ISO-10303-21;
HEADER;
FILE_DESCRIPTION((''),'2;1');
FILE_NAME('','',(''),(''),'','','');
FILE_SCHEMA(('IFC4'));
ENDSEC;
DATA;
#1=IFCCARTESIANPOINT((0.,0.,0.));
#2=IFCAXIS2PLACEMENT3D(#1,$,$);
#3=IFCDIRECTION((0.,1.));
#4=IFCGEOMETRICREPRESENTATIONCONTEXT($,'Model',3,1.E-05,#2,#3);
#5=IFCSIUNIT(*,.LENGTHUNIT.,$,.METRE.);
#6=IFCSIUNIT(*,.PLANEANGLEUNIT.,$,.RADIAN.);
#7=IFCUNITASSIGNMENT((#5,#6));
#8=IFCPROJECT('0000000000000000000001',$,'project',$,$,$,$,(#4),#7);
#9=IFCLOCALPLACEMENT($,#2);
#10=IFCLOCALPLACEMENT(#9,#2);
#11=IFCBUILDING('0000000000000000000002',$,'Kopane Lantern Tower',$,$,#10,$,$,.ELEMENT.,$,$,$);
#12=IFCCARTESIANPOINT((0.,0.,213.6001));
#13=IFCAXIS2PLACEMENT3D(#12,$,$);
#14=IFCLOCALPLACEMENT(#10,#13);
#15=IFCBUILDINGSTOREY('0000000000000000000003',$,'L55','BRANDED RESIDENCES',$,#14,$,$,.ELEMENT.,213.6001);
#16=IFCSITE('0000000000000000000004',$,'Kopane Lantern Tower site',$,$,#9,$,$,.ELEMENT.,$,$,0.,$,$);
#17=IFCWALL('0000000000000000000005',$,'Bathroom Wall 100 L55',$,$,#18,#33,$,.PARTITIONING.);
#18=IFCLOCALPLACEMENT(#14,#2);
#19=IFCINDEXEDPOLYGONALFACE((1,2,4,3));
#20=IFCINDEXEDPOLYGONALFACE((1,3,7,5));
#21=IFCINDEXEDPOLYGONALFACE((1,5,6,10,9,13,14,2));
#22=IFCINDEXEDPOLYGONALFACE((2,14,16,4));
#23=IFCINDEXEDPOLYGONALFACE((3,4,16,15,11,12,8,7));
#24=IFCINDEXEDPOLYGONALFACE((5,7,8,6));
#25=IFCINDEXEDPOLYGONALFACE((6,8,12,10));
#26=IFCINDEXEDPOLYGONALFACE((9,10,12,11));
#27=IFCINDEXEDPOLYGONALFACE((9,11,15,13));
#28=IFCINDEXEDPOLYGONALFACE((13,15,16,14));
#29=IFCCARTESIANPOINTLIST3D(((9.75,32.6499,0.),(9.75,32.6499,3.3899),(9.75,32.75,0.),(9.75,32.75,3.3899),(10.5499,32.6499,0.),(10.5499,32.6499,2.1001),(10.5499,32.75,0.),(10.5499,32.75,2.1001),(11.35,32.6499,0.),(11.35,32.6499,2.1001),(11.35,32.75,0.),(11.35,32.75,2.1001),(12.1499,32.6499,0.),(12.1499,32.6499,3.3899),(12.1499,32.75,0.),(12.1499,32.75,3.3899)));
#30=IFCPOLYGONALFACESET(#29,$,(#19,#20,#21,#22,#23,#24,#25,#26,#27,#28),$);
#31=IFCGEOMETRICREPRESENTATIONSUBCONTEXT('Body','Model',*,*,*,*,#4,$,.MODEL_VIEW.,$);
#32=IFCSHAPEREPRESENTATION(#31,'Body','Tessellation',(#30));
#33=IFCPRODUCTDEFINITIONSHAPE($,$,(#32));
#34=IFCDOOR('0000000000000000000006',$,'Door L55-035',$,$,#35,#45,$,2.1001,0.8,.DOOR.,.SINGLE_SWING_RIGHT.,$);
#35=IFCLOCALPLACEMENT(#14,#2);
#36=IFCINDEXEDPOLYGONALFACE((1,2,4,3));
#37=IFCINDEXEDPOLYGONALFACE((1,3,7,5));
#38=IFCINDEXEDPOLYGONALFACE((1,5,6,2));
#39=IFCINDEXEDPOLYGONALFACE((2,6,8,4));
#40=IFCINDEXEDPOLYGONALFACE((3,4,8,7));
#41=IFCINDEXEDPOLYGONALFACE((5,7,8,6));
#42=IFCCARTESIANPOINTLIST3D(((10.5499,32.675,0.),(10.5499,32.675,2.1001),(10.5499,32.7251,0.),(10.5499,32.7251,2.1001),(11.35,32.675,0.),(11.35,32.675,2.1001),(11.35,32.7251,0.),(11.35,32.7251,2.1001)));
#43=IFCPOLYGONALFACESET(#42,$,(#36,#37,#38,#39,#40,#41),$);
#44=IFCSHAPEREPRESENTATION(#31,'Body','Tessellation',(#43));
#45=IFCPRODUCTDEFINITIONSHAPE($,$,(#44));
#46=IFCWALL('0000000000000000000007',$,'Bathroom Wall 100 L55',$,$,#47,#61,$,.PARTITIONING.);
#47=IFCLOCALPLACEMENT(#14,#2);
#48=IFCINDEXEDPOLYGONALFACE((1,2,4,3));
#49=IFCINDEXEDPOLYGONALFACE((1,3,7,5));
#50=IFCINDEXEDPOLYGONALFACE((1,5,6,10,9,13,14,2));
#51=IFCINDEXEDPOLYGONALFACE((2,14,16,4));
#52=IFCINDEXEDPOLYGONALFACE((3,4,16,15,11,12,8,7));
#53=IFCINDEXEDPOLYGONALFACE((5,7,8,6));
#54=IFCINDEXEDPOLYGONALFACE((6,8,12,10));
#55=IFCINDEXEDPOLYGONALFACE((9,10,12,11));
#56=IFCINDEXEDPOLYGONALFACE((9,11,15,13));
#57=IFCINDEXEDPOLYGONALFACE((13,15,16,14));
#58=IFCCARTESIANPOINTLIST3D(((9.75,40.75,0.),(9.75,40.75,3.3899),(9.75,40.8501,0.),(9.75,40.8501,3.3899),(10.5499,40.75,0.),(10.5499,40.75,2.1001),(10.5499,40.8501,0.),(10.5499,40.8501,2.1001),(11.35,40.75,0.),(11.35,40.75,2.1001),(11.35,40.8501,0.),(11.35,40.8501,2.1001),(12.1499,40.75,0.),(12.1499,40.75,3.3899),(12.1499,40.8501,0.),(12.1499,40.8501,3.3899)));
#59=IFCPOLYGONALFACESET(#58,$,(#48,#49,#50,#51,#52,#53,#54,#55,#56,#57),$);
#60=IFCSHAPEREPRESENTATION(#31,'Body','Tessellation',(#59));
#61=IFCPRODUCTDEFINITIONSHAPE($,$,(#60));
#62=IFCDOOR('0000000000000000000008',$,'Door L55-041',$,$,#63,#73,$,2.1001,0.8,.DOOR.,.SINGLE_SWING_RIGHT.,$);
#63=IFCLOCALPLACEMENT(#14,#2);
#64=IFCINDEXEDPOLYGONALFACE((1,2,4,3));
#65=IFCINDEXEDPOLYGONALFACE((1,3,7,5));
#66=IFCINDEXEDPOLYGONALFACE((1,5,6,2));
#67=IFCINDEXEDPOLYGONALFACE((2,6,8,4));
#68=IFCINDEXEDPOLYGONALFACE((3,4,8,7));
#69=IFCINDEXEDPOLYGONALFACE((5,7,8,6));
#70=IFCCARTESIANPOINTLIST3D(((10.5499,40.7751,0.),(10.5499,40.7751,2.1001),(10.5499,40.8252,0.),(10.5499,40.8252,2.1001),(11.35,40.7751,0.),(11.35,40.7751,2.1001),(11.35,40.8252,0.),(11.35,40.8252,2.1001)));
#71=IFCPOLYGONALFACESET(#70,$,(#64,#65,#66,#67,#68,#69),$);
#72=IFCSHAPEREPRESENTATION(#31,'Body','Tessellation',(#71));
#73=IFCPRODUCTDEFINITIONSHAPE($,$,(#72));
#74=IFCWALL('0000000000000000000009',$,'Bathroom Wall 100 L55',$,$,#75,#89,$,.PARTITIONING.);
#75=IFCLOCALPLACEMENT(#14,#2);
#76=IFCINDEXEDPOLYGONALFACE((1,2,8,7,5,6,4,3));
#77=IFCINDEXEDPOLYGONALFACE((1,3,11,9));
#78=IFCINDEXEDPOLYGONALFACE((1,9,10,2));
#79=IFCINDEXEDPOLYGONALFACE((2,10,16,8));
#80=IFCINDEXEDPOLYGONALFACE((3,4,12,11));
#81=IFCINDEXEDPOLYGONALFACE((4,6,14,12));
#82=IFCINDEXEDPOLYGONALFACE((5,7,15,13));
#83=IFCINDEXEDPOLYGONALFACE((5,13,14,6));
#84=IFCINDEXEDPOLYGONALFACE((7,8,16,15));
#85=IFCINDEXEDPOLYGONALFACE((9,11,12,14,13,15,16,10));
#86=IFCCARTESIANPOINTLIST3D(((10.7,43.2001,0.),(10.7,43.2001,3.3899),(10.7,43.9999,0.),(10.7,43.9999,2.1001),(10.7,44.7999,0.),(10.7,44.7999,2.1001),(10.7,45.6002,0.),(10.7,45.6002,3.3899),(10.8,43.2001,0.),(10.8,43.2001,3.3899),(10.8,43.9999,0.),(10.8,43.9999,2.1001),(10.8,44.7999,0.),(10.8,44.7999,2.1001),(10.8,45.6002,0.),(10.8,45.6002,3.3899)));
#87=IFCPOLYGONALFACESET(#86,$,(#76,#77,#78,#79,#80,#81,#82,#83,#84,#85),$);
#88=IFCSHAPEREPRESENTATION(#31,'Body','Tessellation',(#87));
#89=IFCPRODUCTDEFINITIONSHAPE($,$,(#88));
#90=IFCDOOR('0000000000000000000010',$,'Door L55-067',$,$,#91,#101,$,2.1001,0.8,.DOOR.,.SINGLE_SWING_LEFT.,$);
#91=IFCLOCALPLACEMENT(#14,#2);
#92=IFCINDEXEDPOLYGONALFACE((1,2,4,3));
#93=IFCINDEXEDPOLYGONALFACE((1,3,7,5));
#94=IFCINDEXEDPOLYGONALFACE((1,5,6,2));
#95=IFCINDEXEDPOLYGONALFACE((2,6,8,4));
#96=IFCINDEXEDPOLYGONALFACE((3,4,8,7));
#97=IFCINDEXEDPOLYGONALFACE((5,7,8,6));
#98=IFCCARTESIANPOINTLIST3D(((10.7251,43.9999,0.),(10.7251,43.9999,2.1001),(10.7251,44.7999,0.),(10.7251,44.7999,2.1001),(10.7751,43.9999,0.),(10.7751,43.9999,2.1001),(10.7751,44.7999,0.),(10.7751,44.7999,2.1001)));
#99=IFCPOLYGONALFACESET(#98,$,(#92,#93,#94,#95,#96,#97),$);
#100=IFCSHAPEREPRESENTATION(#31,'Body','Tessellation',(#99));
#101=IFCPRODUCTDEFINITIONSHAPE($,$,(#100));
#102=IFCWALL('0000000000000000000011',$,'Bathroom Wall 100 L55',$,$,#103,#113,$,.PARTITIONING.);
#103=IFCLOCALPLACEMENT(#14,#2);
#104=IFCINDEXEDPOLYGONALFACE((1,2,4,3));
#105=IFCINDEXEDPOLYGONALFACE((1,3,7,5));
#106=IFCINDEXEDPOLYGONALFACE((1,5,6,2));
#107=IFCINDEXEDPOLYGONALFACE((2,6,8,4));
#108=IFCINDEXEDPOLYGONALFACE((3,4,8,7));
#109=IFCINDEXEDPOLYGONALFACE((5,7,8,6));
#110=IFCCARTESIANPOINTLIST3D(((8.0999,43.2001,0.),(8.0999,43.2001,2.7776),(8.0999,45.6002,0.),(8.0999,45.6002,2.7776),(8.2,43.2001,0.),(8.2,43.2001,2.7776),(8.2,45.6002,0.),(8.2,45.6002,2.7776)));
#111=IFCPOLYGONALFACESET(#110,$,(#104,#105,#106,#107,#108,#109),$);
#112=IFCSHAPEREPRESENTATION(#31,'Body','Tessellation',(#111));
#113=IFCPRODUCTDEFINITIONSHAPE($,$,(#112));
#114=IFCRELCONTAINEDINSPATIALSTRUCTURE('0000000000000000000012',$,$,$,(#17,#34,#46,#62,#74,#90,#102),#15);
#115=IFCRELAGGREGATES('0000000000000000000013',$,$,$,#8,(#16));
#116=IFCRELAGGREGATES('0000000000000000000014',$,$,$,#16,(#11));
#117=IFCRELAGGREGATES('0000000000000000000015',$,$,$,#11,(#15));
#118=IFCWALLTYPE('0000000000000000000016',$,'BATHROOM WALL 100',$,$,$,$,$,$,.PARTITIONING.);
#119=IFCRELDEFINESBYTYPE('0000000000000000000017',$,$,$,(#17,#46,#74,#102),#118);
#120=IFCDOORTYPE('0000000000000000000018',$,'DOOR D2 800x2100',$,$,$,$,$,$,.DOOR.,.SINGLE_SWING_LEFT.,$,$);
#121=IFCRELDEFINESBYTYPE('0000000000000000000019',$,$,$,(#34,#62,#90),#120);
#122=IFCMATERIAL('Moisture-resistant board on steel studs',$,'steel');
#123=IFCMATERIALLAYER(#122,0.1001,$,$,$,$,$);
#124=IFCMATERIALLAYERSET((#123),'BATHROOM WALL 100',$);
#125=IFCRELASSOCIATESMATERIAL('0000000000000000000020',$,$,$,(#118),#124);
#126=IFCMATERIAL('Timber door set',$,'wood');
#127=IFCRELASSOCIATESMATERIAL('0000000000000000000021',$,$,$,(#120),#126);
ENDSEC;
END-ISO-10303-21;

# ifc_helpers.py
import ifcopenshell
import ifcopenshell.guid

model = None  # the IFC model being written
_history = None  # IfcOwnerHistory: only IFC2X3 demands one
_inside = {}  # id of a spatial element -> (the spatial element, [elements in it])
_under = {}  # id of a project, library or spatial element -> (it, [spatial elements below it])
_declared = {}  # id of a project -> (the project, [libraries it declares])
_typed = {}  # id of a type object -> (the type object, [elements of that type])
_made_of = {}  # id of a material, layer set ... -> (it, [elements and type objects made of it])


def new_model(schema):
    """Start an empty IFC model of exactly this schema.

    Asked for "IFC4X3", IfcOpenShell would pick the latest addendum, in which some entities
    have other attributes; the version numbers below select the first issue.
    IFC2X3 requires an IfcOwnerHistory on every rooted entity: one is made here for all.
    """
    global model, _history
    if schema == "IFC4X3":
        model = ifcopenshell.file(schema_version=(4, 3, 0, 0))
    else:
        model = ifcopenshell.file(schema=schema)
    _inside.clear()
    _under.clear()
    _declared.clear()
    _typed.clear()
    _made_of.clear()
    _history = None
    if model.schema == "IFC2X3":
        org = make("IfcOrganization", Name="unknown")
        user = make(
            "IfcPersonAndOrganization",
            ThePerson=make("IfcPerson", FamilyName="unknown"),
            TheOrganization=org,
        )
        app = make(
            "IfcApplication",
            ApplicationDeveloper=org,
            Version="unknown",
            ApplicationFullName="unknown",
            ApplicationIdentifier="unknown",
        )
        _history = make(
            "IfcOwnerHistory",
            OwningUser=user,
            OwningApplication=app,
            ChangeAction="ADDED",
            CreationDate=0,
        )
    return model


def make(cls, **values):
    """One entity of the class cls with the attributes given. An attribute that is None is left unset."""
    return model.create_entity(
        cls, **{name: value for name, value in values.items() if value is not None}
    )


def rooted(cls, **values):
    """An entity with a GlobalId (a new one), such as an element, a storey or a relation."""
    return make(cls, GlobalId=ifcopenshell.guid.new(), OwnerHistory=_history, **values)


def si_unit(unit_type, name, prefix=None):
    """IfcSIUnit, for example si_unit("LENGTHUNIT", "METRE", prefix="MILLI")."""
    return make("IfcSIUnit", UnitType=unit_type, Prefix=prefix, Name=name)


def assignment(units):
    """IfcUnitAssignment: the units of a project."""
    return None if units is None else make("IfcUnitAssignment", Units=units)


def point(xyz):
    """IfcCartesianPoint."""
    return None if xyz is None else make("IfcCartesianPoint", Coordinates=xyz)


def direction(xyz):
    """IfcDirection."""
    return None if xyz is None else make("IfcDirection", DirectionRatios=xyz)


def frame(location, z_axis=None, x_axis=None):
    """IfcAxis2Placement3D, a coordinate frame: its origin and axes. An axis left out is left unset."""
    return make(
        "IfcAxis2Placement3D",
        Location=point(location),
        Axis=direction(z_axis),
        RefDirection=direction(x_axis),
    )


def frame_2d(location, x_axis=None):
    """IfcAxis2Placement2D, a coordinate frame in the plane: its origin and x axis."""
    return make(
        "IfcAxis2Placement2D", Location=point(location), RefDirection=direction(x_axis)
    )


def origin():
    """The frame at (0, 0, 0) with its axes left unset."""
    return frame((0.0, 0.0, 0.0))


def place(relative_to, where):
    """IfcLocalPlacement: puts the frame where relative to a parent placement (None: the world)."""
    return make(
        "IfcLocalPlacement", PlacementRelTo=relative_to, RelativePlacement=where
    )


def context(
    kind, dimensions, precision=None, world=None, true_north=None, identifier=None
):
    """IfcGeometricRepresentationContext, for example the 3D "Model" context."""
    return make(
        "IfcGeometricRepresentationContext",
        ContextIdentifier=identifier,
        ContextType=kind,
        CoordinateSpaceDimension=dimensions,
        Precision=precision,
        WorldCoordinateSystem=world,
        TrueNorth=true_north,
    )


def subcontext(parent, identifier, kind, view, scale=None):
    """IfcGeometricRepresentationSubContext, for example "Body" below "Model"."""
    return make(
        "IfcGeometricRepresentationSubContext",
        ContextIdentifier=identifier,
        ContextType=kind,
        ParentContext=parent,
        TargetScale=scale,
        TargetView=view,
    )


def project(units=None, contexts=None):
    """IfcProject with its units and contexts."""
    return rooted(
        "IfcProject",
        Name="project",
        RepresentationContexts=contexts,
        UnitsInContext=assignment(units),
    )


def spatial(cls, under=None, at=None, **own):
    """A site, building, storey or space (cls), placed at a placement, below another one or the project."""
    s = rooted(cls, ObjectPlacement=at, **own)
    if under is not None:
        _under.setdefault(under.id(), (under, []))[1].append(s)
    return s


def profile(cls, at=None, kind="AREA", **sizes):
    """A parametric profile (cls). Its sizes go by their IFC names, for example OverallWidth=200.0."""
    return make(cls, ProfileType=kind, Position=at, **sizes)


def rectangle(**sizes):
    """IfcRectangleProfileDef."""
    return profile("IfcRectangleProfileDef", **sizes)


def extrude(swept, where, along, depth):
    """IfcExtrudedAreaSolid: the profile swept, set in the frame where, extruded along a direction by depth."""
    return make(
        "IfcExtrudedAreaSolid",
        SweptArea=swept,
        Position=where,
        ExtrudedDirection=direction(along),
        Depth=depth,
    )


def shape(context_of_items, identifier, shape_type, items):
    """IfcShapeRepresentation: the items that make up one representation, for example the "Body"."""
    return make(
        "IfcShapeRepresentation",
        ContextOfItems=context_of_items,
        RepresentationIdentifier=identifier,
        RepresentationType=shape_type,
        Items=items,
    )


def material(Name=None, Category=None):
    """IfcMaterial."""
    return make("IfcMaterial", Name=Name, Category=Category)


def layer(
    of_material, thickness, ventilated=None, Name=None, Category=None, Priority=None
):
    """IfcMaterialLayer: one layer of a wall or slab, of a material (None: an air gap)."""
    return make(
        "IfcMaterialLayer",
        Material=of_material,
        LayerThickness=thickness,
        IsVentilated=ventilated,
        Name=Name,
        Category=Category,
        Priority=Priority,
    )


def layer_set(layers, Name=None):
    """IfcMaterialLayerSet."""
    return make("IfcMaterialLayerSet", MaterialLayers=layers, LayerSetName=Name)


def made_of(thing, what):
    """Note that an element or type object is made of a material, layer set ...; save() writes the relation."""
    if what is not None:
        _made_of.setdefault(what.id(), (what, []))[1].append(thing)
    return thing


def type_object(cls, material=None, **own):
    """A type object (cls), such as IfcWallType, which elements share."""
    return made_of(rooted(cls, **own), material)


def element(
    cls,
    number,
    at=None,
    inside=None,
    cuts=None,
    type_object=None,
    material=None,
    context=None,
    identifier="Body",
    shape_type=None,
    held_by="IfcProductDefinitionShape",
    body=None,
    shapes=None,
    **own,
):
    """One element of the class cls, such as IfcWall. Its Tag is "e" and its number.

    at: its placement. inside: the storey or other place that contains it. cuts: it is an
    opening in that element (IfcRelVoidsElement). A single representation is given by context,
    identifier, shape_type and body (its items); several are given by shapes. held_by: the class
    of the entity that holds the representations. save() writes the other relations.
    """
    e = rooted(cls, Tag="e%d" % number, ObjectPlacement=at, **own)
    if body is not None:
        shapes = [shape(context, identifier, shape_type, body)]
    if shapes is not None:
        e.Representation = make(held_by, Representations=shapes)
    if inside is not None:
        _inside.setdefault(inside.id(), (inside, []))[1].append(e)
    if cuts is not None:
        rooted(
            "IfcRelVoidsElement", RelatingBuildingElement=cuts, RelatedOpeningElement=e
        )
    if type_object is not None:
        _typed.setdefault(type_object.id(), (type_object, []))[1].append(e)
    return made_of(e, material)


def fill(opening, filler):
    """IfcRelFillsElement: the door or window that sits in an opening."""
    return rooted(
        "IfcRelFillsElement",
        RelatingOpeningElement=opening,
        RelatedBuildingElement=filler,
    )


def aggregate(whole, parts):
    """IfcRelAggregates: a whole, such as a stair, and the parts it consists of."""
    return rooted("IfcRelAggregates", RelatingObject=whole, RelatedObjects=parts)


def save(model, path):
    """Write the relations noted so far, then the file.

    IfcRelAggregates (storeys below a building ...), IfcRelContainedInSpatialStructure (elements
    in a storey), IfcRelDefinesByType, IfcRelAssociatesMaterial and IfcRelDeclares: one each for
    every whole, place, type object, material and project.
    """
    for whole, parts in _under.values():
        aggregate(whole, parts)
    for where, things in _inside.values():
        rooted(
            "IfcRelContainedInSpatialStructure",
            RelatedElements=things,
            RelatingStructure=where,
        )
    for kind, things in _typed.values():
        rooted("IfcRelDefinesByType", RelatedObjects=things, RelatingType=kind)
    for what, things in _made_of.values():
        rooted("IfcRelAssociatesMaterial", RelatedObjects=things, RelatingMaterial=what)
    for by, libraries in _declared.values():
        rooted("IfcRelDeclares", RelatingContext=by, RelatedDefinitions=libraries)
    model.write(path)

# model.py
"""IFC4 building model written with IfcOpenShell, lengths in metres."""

from ifc_helpers import new_model, si_unit, direction, frame, frame_2d, origin, place, context, subcontext, project, spatial, rectangle, extrude, material, layer, layer_set, type_object, element, fill, save


model = new_model("IFC4")

# Units and contexts
model_context = context("Model", 3, precision=1e-05, world=origin(), true_north=direction((0.0, 1.0)))
body_context = subcontext(model_context, "Body", "Model", "MODEL_VIEW")
ifc_project = project(units=[si_unit("LENGTHUNIT", "METRE"), si_unit("PLANEANGLEUNIT", "RADIAN")], contexts=[model_context])

# Site, building, storey
site_placement = place(None, origin())
site = spatial("IfcSite", under=ifc_project, at=site_placement, Name="Kopane Lantern Tower site", CompositionType="ELEMENT", RefElevation=0.0)
building_placement = place(site_placement, origin())
building = spatial("IfcBuilding", under=site, at=building_placement, Name="Kopane Lantern Tower", CompositionType="ELEMENT")
storey_placement = place(building_placement, frame((0.0, 0.0, 213.6001)))
storey = spatial("IfcBuildingStorey", under=building, at=storey_placement, Name="L55", Description="BRANDED RESIDENCES", CompositionType="ELEMENT", Elevation=213.6001)

# Walls, openings, doors
ifc_material_1 = material(Name="Moisture-resistant board on steel studs", Category="steel")
ifc_layer_1 = layer(ifc_material_1, 0.1001)
ifc_layer_set_1 = layer_set([ifc_layer_1], Name="BATHROOM WALL 100")
wall_type_1 = type_object("IfcWallType", Name="BATHROOM WALL 100", PredefinedType="PARTITIONING", material=ifc_layer_set_1)
wall_1_placement = place(storey_placement, frame((12.1499, 32.7, 0.0), z_axis=(0.0, 0.0, 1.0), x_axis=(-1.0, 0.0, 0.0)))
wall_1 = element("IfcWall", 1, at=wall_1_placement, inside=storey, type_object=wall_type_1, Name="Bathroom Wall 100 L55", PredefinedType="PARTITIONING", context=body_context, shape_type="SweptSolid", body=[
    extrude(rectangle(XDim=2.3999, YDim=0.1001, at=frame_2d((1.2, 0.0))), origin(), (0.0, 0.0, 1.0), 3.3899),
])
opening_1_placement = place(wall_1_placement, frame((0.8, 0.0, 0.0)))
opening_1 = element("IfcOpeningElement", 2, at=opening_1_placement, cuts=wall_1, PredefinedType="OPENING", context=body_context, shape_type="SweptSolid", body=[
    extrude(rectangle(XDim=0.8, YDim=2.1001, at=frame_2d((0.3999, 1.05))), frame((0.0, 0.0601, 0.0), z_axis=(0.0, -1.0, 0.0), x_axis=(1.0, 0.0, 0.0)), (0.0, 0.0, 1.0), 0.1201),
])
ifc_material_2 = material(Name="Timber door set", Category="wood")
door_type_1 = type_object("IfcDoorType", Name="DOOR D2 800x2100", OperationType="SINGLE_SWING_LEFT", PredefinedType="DOOR", material=ifc_material_2)
door_1_placement = place(opening_1_placement, origin())
door_1 = element("IfcDoor", 3, at=door_1_placement, inside=storey, type_object=door_type_1, Name="Door L55-035", OperationType="SINGLE_SWING_RIGHT", OverallHeight=2.1001, OverallWidth=0.8, PredefinedType="DOOR", context=body_context, shape_type="SweptSolid", body=[
    extrude(rectangle(XDim=0.8, YDim=2.1001, at=frame_2d((0.3999, 1.05))), frame((0.0, 0.0249, 0.0), z_axis=(0.0, -1.0, 0.0), x_axis=(1.0, 0.0, 0.0)), (0.0, 0.0, 1.0), 0.05),
])
fill(opening_1, door_1)
wall_2_placement = place(storey_placement, frame((12.1499, 40.8, 0.0), z_axis=(0.0, 0.0, 1.0), x_axis=(-1.0, 0.0, 0.0)))
wall_2 = element("IfcWall", 4, at=wall_2_placement, inside=storey, type_object=wall_type_1, Name="Bathroom Wall 100 L55", PredefinedType="PARTITIONING", context=body_context, shape_type="SweptSolid", body=[
    extrude(rectangle(XDim=2.3999, YDim=0.1001, at=frame_2d((1.2, 0.0))), origin(), (0.0, 0.0, 1.0), 3.3899),
])
opening_2_placement = place(wall_2_placement, frame((0.8, 0.0, 0.0)))
opening_2 = element("IfcOpeningElement", 5, at=opening_2_placement, cuts=wall_2, PredefinedType="OPENING", context=body_context, shape_type="SweptSolid", body=[
    extrude(rectangle(XDim=0.8, YDim=2.1001, at=frame_2d((0.3999, 1.05))), frame((0.0, 0.0601, 0.0), z_axis=(0.0, -1.0, 0.0), x_axis=(1.0, 0.0, 0.0)), (0.0, 0.0, 1.0), 0.1201),
])
door_2_placement = place(opening_2_placement, origin())
door_2 = element("IfcDoor", 6, at=door_2_placement, inside=storey, type_object=door_type_1, Name="Door L55-041", OperationType="SINGLE_SWING_RIGHT", OverallHeight=2.1001, OverallWidth=0.8, PredefinedType="DOOR", context=body_context, shape_type="SweptSolid", body=[
    extrude(rectangle(XDim=0.8, YDim=2.1001, at=frame_2d((0.3999, 1.05))), frame((0.0, 0.0249, 0.0), z_axis=(0.0, -1.0, 0.0), x_axis=(1.0, 0.0, 0.0)), (0.0, 0.0, 1.0), 0.05),
])
fill(opening_2, door_2)
wall_3_placement = place(storey_placement, frame((10.75, 43.2, 0.0), z_axis=(0.0, 0.0, 1.0), x_axis=(0.0, 1.0, 0.0)))
wall_3 = element("IfcWall", 7, at=wall_3_placement, inside=storey, type_object=wall_type_1, Name="Bathroom Wall 100 L55", PredefinedType="PARTITIONING", context=body_context, shape_type="SweptSolid", body=[
    extrude(rectangle(XDim=2.4001, YDim=0.1001, at=frame_2d((1.2002, 0.0))), origin(), (0.0, 0.0, 1.0), 3.3899),
])
opening_3_placement = place(wall_3_placement, frame((0.8, 0.0, 0.0)))
opening_3 = element("IfcOpeningElement", 8, at=opening_3_placement, cuts=wall_3, PredefinedType="OPENING", context=body_context, shape_type="SweptSolid", body=[
    extrude(rectangle(XDim=0.8, YDim=2.1001, at=frame_2d((0.3999, 1.05))), frame((0.0, 0.0601, 0.0), z_axis=(0.0, -1.0, 0.0), x_axis=(1.0, 0.0, 0.0)), (0.0, 0.0, 1.0), 0.1201),
])
door_3_placement = place(opening_3_placement, origin())
door_3 = element("IfcDoor", 9, at=door_3_placement, inside=storey, type_object=door_type_1, Name="Door L55-067", OperationType="SINGLE_SWING_LEFT", OverallHeight=2.1001, OverallWidth=0.8, PredefinedType="DOOR", context=body_context, shape_type="SweptSolid", body=[
    extrude(rectangle(XDim=0.8, YDim=2.1001, at=frame_2d((0.3999, 1.05))), frame((0.0, 0.0249, 0.0), z_axis=(0.0, -1.0, 0.0), x_axis=(1.0, 0.0, 0.0)), (0.0, 0.0, 1.0), 0.05),
])
fill(opening_3, door_3)

# Wall
wall_4_placement = place(storey_placement, frame((8.1499, 43.2, 0.0), z_axis=(0.0, 0.0, 1.0), x_axis=(0.0, 1.0, 0.0)))
element("IfcWall", 10, at=wall_4_placement, inside=storey, type_object=wall_type_1, Name="Bathroom Wall 100 L55", PredefinedType="PARTITIONING", context=body_context, shape_type="SweptSolid", body=[
    extrude(rectangle(XDim=2.4001, YDim=0.1001, at=frame_2d((1.2002, 0.0))), origin(), (0.0, 0.0, 1.0), 2.7776),
])

save(model, "model.ifc")
